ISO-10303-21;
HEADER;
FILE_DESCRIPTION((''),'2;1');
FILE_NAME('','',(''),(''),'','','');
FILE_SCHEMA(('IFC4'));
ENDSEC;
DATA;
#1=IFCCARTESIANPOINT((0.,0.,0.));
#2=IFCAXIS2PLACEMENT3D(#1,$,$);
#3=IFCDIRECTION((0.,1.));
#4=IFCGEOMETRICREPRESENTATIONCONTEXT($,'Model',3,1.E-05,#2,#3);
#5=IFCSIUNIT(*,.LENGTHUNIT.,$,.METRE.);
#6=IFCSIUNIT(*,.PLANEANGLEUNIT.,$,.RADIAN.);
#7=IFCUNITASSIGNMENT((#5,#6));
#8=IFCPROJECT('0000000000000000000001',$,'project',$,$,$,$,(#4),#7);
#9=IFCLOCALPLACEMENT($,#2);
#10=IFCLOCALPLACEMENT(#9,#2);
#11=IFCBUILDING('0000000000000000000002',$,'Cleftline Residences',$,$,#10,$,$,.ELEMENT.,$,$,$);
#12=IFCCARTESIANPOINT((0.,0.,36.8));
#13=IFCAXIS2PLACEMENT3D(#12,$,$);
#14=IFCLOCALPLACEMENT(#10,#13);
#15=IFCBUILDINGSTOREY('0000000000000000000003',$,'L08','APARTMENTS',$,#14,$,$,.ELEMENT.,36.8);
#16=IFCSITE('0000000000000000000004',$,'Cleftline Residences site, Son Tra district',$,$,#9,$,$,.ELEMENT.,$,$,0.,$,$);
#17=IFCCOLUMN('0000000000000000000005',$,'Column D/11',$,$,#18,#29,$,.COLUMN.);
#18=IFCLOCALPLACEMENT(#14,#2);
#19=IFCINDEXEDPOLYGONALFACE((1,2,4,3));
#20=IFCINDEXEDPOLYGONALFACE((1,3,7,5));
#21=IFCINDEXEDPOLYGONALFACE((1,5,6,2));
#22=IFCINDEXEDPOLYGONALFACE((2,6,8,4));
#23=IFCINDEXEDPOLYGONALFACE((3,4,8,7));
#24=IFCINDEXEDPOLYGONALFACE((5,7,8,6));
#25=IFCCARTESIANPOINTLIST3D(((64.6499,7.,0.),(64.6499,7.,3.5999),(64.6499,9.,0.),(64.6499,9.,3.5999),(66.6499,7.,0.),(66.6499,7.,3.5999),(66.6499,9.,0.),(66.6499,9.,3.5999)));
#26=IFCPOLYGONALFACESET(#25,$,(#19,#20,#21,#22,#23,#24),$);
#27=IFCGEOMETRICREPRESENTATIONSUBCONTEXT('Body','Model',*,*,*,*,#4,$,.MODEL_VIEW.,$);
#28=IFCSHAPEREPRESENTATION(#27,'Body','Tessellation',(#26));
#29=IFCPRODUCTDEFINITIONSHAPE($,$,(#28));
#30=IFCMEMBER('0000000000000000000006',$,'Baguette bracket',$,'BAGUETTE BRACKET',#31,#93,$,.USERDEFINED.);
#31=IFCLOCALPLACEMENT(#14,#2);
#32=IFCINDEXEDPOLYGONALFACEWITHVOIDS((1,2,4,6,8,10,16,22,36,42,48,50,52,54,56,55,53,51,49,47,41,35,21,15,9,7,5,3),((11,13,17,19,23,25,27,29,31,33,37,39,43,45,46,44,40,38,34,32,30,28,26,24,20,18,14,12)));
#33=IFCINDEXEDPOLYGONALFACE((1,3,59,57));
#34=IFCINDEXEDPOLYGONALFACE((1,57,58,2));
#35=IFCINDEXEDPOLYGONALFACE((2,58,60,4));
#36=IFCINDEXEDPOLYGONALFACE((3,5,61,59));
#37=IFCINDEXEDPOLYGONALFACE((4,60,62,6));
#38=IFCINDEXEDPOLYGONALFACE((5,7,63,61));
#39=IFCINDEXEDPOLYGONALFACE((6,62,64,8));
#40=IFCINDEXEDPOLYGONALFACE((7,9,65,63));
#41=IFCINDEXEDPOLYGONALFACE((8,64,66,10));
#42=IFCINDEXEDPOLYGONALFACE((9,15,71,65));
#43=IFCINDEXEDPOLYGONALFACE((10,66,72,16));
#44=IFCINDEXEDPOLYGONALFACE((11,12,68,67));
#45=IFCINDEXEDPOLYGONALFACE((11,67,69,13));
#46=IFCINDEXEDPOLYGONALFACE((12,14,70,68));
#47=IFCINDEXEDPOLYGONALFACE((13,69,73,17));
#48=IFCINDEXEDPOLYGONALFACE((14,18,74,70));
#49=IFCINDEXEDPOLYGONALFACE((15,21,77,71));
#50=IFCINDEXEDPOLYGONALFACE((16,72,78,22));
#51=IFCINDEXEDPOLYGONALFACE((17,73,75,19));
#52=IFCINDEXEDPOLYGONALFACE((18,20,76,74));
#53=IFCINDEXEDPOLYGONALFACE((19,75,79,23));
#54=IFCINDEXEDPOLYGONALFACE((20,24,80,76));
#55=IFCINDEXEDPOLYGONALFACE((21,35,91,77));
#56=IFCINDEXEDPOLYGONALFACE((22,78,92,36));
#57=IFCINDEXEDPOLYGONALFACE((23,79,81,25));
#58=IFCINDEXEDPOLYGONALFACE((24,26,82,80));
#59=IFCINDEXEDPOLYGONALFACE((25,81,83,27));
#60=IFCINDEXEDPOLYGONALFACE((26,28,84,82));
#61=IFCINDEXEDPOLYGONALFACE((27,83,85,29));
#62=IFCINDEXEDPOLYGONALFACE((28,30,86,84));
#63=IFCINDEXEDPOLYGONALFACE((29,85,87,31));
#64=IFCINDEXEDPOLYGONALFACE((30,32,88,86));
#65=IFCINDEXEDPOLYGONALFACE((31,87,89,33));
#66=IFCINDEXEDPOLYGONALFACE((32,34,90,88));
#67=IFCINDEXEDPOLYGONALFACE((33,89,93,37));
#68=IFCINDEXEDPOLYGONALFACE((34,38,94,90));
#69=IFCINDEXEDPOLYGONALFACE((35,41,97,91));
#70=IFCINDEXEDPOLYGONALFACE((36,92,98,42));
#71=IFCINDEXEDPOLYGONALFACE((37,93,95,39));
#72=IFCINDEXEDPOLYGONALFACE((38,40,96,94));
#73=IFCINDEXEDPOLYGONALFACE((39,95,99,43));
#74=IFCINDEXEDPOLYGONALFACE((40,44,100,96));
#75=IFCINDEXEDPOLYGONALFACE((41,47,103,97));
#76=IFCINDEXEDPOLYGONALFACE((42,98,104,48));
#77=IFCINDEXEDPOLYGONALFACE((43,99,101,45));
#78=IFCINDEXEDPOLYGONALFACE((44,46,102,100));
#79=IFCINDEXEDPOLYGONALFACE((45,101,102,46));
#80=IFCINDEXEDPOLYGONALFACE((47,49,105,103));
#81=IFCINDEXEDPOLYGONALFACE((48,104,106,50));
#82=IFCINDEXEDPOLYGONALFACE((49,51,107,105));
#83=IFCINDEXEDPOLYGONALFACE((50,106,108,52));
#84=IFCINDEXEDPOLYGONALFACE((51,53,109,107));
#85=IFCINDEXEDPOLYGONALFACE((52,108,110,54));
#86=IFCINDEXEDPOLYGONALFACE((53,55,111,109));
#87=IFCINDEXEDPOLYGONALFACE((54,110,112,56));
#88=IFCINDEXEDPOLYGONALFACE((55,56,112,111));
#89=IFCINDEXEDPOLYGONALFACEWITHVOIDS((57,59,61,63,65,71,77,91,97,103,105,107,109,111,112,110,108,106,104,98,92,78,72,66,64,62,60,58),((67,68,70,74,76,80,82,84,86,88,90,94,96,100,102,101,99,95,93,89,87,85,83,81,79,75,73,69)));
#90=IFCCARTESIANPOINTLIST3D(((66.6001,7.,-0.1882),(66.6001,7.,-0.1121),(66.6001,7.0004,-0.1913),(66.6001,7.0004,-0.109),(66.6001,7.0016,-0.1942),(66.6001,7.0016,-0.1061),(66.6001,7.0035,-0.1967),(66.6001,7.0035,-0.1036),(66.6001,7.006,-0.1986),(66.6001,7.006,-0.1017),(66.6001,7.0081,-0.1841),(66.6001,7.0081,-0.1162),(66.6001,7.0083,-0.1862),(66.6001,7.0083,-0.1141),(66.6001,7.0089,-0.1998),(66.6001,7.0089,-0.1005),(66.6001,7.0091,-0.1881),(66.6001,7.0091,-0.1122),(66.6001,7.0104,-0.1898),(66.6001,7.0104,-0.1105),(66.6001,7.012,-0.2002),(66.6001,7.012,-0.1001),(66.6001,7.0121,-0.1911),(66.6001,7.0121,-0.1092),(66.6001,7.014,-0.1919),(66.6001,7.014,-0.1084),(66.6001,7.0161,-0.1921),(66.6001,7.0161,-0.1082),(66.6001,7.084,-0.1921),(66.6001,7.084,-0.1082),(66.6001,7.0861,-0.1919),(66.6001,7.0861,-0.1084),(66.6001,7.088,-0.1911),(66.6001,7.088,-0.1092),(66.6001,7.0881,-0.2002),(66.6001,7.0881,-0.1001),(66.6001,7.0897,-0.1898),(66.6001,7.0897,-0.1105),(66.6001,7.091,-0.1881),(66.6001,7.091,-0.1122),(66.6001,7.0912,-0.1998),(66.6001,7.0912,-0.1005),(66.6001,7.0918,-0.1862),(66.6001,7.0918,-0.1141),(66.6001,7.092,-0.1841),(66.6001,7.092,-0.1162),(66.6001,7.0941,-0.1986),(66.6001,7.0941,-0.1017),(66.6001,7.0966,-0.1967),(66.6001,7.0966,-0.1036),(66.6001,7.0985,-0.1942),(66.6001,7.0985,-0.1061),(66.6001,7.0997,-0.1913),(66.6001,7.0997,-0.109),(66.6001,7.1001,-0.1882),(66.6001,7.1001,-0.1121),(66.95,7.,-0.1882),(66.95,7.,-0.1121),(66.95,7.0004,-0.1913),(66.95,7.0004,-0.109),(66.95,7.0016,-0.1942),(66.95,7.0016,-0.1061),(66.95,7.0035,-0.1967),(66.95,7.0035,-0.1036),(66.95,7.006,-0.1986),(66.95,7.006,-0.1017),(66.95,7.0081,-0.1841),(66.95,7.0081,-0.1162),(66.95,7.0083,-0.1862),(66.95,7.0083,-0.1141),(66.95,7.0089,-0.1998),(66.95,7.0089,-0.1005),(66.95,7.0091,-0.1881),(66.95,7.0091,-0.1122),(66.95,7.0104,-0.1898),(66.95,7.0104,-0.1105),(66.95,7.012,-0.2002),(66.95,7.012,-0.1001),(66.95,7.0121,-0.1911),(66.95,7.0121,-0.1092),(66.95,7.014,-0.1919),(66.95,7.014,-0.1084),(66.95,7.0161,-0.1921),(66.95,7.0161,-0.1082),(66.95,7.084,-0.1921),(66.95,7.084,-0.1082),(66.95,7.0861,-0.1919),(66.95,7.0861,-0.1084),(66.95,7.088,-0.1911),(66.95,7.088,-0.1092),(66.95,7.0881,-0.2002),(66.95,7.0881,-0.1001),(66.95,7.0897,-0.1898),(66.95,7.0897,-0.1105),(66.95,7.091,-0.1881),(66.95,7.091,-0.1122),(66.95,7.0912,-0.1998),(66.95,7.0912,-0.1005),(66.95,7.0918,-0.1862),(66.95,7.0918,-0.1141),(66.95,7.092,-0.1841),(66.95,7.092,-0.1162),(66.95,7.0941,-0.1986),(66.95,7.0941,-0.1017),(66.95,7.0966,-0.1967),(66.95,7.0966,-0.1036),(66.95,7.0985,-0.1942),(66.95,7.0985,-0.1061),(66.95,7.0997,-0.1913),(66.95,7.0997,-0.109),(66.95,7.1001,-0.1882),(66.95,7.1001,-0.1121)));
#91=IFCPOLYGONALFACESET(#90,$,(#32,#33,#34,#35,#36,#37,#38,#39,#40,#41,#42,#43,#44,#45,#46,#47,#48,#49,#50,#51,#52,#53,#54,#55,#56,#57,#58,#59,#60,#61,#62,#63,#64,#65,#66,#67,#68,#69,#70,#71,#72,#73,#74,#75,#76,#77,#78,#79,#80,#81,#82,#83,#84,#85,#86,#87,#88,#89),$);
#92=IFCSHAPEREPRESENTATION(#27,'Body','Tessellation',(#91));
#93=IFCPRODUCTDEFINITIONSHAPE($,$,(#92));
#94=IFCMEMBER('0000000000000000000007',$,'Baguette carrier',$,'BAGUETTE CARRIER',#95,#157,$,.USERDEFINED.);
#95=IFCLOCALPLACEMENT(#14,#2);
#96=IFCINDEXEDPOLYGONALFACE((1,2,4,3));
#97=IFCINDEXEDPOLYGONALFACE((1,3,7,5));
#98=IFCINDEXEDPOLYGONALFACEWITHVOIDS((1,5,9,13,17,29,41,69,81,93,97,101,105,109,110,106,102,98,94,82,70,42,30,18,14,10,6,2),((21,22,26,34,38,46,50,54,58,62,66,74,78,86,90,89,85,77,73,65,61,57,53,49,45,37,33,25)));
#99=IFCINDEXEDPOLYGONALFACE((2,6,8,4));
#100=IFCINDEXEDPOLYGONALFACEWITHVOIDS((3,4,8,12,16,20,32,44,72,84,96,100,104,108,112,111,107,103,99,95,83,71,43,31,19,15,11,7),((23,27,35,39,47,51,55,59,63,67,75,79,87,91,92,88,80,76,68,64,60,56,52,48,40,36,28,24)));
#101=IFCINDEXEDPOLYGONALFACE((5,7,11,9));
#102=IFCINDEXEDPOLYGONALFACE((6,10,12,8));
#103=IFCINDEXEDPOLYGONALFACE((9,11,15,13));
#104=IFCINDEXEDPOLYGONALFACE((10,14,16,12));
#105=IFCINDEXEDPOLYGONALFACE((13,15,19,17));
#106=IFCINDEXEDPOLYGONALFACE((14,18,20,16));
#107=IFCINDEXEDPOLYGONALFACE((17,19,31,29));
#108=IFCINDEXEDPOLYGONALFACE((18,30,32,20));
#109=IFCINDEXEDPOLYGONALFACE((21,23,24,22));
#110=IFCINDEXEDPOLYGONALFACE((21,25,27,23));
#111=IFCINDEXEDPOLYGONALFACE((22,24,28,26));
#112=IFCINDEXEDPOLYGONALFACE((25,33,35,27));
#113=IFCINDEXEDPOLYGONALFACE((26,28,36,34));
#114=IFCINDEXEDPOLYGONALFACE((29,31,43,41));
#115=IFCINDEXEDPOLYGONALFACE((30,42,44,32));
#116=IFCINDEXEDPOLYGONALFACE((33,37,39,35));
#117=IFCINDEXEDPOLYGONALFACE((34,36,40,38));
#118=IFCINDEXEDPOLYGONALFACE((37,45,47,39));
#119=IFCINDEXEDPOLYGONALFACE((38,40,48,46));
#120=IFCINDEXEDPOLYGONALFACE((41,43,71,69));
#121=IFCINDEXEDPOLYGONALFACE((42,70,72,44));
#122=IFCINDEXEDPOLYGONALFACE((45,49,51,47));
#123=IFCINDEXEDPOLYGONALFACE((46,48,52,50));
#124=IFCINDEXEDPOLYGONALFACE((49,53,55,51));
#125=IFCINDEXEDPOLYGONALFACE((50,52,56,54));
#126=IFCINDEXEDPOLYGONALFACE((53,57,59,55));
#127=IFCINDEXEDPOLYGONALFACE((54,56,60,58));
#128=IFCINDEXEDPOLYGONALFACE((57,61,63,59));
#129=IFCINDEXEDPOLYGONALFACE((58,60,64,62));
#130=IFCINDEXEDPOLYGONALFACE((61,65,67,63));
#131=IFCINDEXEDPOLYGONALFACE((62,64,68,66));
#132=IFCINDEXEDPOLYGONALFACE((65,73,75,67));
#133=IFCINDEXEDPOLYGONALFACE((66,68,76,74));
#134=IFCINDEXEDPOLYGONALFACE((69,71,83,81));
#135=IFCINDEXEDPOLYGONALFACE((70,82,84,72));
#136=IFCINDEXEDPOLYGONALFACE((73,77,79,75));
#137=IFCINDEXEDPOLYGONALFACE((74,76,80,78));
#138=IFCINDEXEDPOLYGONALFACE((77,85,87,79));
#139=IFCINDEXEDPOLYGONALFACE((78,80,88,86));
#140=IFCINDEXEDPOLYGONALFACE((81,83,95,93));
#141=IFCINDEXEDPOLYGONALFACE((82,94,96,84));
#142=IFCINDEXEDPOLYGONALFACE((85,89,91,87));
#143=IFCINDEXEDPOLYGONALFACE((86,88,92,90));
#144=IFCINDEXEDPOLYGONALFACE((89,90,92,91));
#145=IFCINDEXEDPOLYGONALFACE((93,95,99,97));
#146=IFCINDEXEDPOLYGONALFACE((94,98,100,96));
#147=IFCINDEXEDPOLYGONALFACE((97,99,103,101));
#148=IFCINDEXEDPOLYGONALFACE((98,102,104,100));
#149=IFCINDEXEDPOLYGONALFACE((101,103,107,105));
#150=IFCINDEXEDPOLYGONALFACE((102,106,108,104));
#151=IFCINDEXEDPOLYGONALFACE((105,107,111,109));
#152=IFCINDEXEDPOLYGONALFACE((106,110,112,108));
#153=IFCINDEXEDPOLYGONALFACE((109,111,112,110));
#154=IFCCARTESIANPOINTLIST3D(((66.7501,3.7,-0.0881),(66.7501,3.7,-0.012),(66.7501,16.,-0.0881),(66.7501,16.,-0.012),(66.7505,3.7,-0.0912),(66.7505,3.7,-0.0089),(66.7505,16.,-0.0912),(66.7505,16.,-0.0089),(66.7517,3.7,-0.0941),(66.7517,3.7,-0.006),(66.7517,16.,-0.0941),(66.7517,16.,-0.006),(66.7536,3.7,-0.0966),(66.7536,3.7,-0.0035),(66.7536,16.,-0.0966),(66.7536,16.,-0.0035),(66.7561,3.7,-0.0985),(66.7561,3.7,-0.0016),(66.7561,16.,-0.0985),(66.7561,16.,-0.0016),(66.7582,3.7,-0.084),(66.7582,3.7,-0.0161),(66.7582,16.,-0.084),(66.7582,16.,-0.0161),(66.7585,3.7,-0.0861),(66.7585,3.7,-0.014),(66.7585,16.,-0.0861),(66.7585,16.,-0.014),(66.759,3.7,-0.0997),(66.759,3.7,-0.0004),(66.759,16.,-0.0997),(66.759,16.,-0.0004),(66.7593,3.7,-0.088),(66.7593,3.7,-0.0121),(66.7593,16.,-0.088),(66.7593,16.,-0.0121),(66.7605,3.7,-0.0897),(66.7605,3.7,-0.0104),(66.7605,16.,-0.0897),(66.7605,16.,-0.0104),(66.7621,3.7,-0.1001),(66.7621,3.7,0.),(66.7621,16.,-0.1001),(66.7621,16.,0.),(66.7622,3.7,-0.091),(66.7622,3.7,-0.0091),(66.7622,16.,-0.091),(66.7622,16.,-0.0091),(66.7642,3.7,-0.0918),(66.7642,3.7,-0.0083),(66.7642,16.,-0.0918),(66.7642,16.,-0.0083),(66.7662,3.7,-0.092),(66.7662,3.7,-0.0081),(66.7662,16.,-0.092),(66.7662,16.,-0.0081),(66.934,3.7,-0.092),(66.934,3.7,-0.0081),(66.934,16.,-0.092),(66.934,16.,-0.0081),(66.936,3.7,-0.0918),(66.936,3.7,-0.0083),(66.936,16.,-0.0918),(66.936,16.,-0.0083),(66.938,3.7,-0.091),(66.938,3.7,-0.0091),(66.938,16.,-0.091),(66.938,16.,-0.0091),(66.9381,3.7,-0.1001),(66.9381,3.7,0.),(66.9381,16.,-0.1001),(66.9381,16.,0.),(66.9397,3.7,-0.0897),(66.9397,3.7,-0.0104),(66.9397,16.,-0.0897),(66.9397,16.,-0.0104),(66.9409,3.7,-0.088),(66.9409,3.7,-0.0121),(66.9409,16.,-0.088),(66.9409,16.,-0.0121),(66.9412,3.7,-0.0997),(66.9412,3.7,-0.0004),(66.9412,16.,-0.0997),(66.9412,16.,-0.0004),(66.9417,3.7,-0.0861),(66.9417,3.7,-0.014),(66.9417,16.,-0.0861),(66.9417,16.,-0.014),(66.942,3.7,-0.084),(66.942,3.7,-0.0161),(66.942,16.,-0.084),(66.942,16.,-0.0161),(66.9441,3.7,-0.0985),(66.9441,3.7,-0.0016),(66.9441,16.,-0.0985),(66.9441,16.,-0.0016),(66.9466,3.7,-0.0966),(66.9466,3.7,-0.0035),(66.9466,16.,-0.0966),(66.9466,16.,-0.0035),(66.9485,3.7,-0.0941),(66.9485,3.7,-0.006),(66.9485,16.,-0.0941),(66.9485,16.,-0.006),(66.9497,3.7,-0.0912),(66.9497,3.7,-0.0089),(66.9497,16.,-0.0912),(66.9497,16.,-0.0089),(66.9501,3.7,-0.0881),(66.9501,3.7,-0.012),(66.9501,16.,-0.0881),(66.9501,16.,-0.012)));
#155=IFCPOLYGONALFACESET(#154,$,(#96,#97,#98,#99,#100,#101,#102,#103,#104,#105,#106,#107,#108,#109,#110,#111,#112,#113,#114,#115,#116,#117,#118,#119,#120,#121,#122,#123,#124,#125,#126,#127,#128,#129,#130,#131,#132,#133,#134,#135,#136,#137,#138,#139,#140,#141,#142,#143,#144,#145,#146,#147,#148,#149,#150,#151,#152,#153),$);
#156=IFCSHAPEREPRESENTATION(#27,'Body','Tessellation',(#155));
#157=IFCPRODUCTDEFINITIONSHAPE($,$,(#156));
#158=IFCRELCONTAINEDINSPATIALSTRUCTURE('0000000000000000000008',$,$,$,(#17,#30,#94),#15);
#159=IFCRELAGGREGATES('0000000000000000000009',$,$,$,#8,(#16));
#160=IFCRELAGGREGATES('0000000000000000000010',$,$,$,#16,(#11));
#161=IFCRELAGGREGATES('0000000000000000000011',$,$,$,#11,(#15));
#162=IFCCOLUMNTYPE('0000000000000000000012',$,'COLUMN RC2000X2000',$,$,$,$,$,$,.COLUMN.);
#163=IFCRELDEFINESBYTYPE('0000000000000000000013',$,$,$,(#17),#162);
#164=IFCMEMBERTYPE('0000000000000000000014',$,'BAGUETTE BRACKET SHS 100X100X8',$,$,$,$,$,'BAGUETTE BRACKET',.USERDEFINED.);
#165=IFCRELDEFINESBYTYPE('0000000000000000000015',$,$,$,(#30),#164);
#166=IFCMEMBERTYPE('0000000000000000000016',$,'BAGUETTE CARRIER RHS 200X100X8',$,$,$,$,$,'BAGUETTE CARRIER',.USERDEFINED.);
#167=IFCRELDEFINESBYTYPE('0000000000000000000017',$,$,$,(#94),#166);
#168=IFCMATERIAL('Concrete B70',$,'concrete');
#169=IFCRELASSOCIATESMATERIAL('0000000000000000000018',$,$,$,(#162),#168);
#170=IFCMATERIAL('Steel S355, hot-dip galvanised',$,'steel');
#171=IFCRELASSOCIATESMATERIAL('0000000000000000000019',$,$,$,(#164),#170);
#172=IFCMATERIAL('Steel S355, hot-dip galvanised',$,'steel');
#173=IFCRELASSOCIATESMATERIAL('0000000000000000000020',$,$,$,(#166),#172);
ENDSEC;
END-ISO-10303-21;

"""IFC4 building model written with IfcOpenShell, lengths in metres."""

from ifc_helpers import new_model, si_unit, direction, frame, origin, origin_2d, place, context, subcontext, project, spatial, rectangle, hollow_rectangle, extrude, material, material_profile, profile_set, type_object, element, save


model = new_model("IFC4")

# Units and contexts
model_context = context("Model", 3, precision=1e-05, world=origin(), true_north=direction((0.0, 1.0)))
body_context = subcontext(model_context, "Body", "Model", "MODEL_VIEW")
ifc_project = project(units=[si_unit("LENGTHUNIT", "METRE"), si_unit("PLANEANGLEUNIT", "RADIAN")], contexts=[model_context])

# Site, building, storey
site_placement = place(None, origin())
site = spatial("IfcSite", under=ifc_project, at=site_placement, Name="Cleftline Residences site, Son Tra district", CompositionType="ELEMENT", RefElevation=0.0)
building_placement = place(site_placement, origin())
building = spatial("IfcBuilding", under=site, at=building_placement, Name="Cleftline Residences", CompositionType="ELEMENT")
storey_placement = place(building_placement, frame((0.0, 0.0, 36.8)))
storey = spatial("IfcBuildingStorey", under=building, at=storey_placement, Name="L08", Description="APARTMENTS", CompositionType="ELEMENT", Elevation=36.8)

# Column
ifc_material_1 = material(Name="Concrete B70", Category="concrete")
ifc_material_profile_1 = material_profile(ifc_material_1, rectangle(XDim=2.0, YDim=2.0, at=origin_2d()))
ifc_profile_set_1 = profile_set([ifc_material_profile_1], Name="Concrete B70")
column_type = type_object("IfcColumnType", Name="COLUMN RC2000X2000", PredefinedType="COLUMN", material=ifc_profile_set_1)
column_placement = place(storey_placement, frame((65.6499, 8.0, 0.0), z_axis=(0.0, 0.0, 1.0), x_axis=(1.0, 0.0, 0.0)))
element("IfcColumn", 1, at=column_placement, inside=storey, type_object=column_type, Name="Column D/11", PredefinedType="COLUMN", context=body_context, shape_type="SweptSolid", body=[
    extrude(rectangle(XDim=2.0, YDim=2.0, at=origin_2d()), origin(), (0.0, 0.0, 1.0), 3.5999),
])

# Members
ifc_material_2 = material(Name="Steel S355, hot-dip galvanised", Category="steel")
ifc_material_profile_2 = material_profile(ifc_material_2, hollow_rectangle(XDim=0.1001, YDim=0.1001, WallThickness=0.0081, InnerFilletRadius=0.0081, OuterFilletRadius=0.012, at=origin_2d()))
ifc_profile_set_2 = profile_set([ifc_material_profile_2], Name="Steel S355, hot-dip galvanised")
member_type_1 = type_object("IfcMemberType", Name="BAGUETTE BRACKET SHS 100X100X8", ElementType="BAGUETTE BRACKET", PredefinedType="USERDEFINED", material=ifc_profile_set_2)
member_1_placement = place(storey_placement, frame((66.6001, 7.05, -0.1501), z_axis=(1.0, 0.0, 0.0), x_axis=(0.0, 1.0, 0.0)))
element("IfcMember", 2, at=member_1_placement, inside=storey, type_object=member_type_1, Name="Baguette bracket", ObjectType="BAGUETTE BRACKET", PredefinedType="USERDEFINED", context=body_context, shape_type="SweptSolid", body=[
    extrude(hollow_rectangle(XDim=0.1001, YDim=0.1001, WallThickness=0.0081, InnerFilletRadius=0.0081, OuterFilletRadius=0.012, at=origin_2d()), origin(), (0.0, 0.0, 1.0), 0.3499),
])
ifc_material_3 = material(Name="Steel S355, hot-dip galvanised", Category="steel")
ifc_material_profile_3 = material_profile(ifc_material_3, hollow_rectangle(XDim=0.1001, YDim=0.2, WallThickness=0.0081, InnerFilletRadius=0.0081, OuterFilletRadius=0.012, at=origin_2d()))
ifc_profile_set_3 = profile_set([ifc_material_profile_3], Name="Steel S355, hot-dip galvanised")
member_type_2 = type_object("IfcMemberType", Name="BAGUETTE CARRIER RHS 200X100X8", ElementType="BAGUETTE CARRIER", PredefinedType="USERDEFINED", material=ifc_profile_set_3)
member_2_placement = place(storey_placement, frame((66.8501, 3.7, -0.05), z_axis=(0.0, 1.0, 0.0), x_axis=(0.0, 0.0, 1.0)))
element("IfcMember", 3, at=member_2_placement, inside=storey, type_object=member_type_2, Name="Baguette carrier", ObjectType="BAGUETTE CARRIER", PredefinedType="USERDEFINED", context=body_context, shape_type="SweptSolid", body=[
    extrude(hollow_rectangle(XDim=0.1001, YDim=0.2, WallThickness=0.0081, InnerFilletRadius=0.0081, OuterFilletRadius=0.012, at=origin_2d()), origin(), (0.0, 0.0, 1.0), 12.3),
])

save(model, "model.ifc")
